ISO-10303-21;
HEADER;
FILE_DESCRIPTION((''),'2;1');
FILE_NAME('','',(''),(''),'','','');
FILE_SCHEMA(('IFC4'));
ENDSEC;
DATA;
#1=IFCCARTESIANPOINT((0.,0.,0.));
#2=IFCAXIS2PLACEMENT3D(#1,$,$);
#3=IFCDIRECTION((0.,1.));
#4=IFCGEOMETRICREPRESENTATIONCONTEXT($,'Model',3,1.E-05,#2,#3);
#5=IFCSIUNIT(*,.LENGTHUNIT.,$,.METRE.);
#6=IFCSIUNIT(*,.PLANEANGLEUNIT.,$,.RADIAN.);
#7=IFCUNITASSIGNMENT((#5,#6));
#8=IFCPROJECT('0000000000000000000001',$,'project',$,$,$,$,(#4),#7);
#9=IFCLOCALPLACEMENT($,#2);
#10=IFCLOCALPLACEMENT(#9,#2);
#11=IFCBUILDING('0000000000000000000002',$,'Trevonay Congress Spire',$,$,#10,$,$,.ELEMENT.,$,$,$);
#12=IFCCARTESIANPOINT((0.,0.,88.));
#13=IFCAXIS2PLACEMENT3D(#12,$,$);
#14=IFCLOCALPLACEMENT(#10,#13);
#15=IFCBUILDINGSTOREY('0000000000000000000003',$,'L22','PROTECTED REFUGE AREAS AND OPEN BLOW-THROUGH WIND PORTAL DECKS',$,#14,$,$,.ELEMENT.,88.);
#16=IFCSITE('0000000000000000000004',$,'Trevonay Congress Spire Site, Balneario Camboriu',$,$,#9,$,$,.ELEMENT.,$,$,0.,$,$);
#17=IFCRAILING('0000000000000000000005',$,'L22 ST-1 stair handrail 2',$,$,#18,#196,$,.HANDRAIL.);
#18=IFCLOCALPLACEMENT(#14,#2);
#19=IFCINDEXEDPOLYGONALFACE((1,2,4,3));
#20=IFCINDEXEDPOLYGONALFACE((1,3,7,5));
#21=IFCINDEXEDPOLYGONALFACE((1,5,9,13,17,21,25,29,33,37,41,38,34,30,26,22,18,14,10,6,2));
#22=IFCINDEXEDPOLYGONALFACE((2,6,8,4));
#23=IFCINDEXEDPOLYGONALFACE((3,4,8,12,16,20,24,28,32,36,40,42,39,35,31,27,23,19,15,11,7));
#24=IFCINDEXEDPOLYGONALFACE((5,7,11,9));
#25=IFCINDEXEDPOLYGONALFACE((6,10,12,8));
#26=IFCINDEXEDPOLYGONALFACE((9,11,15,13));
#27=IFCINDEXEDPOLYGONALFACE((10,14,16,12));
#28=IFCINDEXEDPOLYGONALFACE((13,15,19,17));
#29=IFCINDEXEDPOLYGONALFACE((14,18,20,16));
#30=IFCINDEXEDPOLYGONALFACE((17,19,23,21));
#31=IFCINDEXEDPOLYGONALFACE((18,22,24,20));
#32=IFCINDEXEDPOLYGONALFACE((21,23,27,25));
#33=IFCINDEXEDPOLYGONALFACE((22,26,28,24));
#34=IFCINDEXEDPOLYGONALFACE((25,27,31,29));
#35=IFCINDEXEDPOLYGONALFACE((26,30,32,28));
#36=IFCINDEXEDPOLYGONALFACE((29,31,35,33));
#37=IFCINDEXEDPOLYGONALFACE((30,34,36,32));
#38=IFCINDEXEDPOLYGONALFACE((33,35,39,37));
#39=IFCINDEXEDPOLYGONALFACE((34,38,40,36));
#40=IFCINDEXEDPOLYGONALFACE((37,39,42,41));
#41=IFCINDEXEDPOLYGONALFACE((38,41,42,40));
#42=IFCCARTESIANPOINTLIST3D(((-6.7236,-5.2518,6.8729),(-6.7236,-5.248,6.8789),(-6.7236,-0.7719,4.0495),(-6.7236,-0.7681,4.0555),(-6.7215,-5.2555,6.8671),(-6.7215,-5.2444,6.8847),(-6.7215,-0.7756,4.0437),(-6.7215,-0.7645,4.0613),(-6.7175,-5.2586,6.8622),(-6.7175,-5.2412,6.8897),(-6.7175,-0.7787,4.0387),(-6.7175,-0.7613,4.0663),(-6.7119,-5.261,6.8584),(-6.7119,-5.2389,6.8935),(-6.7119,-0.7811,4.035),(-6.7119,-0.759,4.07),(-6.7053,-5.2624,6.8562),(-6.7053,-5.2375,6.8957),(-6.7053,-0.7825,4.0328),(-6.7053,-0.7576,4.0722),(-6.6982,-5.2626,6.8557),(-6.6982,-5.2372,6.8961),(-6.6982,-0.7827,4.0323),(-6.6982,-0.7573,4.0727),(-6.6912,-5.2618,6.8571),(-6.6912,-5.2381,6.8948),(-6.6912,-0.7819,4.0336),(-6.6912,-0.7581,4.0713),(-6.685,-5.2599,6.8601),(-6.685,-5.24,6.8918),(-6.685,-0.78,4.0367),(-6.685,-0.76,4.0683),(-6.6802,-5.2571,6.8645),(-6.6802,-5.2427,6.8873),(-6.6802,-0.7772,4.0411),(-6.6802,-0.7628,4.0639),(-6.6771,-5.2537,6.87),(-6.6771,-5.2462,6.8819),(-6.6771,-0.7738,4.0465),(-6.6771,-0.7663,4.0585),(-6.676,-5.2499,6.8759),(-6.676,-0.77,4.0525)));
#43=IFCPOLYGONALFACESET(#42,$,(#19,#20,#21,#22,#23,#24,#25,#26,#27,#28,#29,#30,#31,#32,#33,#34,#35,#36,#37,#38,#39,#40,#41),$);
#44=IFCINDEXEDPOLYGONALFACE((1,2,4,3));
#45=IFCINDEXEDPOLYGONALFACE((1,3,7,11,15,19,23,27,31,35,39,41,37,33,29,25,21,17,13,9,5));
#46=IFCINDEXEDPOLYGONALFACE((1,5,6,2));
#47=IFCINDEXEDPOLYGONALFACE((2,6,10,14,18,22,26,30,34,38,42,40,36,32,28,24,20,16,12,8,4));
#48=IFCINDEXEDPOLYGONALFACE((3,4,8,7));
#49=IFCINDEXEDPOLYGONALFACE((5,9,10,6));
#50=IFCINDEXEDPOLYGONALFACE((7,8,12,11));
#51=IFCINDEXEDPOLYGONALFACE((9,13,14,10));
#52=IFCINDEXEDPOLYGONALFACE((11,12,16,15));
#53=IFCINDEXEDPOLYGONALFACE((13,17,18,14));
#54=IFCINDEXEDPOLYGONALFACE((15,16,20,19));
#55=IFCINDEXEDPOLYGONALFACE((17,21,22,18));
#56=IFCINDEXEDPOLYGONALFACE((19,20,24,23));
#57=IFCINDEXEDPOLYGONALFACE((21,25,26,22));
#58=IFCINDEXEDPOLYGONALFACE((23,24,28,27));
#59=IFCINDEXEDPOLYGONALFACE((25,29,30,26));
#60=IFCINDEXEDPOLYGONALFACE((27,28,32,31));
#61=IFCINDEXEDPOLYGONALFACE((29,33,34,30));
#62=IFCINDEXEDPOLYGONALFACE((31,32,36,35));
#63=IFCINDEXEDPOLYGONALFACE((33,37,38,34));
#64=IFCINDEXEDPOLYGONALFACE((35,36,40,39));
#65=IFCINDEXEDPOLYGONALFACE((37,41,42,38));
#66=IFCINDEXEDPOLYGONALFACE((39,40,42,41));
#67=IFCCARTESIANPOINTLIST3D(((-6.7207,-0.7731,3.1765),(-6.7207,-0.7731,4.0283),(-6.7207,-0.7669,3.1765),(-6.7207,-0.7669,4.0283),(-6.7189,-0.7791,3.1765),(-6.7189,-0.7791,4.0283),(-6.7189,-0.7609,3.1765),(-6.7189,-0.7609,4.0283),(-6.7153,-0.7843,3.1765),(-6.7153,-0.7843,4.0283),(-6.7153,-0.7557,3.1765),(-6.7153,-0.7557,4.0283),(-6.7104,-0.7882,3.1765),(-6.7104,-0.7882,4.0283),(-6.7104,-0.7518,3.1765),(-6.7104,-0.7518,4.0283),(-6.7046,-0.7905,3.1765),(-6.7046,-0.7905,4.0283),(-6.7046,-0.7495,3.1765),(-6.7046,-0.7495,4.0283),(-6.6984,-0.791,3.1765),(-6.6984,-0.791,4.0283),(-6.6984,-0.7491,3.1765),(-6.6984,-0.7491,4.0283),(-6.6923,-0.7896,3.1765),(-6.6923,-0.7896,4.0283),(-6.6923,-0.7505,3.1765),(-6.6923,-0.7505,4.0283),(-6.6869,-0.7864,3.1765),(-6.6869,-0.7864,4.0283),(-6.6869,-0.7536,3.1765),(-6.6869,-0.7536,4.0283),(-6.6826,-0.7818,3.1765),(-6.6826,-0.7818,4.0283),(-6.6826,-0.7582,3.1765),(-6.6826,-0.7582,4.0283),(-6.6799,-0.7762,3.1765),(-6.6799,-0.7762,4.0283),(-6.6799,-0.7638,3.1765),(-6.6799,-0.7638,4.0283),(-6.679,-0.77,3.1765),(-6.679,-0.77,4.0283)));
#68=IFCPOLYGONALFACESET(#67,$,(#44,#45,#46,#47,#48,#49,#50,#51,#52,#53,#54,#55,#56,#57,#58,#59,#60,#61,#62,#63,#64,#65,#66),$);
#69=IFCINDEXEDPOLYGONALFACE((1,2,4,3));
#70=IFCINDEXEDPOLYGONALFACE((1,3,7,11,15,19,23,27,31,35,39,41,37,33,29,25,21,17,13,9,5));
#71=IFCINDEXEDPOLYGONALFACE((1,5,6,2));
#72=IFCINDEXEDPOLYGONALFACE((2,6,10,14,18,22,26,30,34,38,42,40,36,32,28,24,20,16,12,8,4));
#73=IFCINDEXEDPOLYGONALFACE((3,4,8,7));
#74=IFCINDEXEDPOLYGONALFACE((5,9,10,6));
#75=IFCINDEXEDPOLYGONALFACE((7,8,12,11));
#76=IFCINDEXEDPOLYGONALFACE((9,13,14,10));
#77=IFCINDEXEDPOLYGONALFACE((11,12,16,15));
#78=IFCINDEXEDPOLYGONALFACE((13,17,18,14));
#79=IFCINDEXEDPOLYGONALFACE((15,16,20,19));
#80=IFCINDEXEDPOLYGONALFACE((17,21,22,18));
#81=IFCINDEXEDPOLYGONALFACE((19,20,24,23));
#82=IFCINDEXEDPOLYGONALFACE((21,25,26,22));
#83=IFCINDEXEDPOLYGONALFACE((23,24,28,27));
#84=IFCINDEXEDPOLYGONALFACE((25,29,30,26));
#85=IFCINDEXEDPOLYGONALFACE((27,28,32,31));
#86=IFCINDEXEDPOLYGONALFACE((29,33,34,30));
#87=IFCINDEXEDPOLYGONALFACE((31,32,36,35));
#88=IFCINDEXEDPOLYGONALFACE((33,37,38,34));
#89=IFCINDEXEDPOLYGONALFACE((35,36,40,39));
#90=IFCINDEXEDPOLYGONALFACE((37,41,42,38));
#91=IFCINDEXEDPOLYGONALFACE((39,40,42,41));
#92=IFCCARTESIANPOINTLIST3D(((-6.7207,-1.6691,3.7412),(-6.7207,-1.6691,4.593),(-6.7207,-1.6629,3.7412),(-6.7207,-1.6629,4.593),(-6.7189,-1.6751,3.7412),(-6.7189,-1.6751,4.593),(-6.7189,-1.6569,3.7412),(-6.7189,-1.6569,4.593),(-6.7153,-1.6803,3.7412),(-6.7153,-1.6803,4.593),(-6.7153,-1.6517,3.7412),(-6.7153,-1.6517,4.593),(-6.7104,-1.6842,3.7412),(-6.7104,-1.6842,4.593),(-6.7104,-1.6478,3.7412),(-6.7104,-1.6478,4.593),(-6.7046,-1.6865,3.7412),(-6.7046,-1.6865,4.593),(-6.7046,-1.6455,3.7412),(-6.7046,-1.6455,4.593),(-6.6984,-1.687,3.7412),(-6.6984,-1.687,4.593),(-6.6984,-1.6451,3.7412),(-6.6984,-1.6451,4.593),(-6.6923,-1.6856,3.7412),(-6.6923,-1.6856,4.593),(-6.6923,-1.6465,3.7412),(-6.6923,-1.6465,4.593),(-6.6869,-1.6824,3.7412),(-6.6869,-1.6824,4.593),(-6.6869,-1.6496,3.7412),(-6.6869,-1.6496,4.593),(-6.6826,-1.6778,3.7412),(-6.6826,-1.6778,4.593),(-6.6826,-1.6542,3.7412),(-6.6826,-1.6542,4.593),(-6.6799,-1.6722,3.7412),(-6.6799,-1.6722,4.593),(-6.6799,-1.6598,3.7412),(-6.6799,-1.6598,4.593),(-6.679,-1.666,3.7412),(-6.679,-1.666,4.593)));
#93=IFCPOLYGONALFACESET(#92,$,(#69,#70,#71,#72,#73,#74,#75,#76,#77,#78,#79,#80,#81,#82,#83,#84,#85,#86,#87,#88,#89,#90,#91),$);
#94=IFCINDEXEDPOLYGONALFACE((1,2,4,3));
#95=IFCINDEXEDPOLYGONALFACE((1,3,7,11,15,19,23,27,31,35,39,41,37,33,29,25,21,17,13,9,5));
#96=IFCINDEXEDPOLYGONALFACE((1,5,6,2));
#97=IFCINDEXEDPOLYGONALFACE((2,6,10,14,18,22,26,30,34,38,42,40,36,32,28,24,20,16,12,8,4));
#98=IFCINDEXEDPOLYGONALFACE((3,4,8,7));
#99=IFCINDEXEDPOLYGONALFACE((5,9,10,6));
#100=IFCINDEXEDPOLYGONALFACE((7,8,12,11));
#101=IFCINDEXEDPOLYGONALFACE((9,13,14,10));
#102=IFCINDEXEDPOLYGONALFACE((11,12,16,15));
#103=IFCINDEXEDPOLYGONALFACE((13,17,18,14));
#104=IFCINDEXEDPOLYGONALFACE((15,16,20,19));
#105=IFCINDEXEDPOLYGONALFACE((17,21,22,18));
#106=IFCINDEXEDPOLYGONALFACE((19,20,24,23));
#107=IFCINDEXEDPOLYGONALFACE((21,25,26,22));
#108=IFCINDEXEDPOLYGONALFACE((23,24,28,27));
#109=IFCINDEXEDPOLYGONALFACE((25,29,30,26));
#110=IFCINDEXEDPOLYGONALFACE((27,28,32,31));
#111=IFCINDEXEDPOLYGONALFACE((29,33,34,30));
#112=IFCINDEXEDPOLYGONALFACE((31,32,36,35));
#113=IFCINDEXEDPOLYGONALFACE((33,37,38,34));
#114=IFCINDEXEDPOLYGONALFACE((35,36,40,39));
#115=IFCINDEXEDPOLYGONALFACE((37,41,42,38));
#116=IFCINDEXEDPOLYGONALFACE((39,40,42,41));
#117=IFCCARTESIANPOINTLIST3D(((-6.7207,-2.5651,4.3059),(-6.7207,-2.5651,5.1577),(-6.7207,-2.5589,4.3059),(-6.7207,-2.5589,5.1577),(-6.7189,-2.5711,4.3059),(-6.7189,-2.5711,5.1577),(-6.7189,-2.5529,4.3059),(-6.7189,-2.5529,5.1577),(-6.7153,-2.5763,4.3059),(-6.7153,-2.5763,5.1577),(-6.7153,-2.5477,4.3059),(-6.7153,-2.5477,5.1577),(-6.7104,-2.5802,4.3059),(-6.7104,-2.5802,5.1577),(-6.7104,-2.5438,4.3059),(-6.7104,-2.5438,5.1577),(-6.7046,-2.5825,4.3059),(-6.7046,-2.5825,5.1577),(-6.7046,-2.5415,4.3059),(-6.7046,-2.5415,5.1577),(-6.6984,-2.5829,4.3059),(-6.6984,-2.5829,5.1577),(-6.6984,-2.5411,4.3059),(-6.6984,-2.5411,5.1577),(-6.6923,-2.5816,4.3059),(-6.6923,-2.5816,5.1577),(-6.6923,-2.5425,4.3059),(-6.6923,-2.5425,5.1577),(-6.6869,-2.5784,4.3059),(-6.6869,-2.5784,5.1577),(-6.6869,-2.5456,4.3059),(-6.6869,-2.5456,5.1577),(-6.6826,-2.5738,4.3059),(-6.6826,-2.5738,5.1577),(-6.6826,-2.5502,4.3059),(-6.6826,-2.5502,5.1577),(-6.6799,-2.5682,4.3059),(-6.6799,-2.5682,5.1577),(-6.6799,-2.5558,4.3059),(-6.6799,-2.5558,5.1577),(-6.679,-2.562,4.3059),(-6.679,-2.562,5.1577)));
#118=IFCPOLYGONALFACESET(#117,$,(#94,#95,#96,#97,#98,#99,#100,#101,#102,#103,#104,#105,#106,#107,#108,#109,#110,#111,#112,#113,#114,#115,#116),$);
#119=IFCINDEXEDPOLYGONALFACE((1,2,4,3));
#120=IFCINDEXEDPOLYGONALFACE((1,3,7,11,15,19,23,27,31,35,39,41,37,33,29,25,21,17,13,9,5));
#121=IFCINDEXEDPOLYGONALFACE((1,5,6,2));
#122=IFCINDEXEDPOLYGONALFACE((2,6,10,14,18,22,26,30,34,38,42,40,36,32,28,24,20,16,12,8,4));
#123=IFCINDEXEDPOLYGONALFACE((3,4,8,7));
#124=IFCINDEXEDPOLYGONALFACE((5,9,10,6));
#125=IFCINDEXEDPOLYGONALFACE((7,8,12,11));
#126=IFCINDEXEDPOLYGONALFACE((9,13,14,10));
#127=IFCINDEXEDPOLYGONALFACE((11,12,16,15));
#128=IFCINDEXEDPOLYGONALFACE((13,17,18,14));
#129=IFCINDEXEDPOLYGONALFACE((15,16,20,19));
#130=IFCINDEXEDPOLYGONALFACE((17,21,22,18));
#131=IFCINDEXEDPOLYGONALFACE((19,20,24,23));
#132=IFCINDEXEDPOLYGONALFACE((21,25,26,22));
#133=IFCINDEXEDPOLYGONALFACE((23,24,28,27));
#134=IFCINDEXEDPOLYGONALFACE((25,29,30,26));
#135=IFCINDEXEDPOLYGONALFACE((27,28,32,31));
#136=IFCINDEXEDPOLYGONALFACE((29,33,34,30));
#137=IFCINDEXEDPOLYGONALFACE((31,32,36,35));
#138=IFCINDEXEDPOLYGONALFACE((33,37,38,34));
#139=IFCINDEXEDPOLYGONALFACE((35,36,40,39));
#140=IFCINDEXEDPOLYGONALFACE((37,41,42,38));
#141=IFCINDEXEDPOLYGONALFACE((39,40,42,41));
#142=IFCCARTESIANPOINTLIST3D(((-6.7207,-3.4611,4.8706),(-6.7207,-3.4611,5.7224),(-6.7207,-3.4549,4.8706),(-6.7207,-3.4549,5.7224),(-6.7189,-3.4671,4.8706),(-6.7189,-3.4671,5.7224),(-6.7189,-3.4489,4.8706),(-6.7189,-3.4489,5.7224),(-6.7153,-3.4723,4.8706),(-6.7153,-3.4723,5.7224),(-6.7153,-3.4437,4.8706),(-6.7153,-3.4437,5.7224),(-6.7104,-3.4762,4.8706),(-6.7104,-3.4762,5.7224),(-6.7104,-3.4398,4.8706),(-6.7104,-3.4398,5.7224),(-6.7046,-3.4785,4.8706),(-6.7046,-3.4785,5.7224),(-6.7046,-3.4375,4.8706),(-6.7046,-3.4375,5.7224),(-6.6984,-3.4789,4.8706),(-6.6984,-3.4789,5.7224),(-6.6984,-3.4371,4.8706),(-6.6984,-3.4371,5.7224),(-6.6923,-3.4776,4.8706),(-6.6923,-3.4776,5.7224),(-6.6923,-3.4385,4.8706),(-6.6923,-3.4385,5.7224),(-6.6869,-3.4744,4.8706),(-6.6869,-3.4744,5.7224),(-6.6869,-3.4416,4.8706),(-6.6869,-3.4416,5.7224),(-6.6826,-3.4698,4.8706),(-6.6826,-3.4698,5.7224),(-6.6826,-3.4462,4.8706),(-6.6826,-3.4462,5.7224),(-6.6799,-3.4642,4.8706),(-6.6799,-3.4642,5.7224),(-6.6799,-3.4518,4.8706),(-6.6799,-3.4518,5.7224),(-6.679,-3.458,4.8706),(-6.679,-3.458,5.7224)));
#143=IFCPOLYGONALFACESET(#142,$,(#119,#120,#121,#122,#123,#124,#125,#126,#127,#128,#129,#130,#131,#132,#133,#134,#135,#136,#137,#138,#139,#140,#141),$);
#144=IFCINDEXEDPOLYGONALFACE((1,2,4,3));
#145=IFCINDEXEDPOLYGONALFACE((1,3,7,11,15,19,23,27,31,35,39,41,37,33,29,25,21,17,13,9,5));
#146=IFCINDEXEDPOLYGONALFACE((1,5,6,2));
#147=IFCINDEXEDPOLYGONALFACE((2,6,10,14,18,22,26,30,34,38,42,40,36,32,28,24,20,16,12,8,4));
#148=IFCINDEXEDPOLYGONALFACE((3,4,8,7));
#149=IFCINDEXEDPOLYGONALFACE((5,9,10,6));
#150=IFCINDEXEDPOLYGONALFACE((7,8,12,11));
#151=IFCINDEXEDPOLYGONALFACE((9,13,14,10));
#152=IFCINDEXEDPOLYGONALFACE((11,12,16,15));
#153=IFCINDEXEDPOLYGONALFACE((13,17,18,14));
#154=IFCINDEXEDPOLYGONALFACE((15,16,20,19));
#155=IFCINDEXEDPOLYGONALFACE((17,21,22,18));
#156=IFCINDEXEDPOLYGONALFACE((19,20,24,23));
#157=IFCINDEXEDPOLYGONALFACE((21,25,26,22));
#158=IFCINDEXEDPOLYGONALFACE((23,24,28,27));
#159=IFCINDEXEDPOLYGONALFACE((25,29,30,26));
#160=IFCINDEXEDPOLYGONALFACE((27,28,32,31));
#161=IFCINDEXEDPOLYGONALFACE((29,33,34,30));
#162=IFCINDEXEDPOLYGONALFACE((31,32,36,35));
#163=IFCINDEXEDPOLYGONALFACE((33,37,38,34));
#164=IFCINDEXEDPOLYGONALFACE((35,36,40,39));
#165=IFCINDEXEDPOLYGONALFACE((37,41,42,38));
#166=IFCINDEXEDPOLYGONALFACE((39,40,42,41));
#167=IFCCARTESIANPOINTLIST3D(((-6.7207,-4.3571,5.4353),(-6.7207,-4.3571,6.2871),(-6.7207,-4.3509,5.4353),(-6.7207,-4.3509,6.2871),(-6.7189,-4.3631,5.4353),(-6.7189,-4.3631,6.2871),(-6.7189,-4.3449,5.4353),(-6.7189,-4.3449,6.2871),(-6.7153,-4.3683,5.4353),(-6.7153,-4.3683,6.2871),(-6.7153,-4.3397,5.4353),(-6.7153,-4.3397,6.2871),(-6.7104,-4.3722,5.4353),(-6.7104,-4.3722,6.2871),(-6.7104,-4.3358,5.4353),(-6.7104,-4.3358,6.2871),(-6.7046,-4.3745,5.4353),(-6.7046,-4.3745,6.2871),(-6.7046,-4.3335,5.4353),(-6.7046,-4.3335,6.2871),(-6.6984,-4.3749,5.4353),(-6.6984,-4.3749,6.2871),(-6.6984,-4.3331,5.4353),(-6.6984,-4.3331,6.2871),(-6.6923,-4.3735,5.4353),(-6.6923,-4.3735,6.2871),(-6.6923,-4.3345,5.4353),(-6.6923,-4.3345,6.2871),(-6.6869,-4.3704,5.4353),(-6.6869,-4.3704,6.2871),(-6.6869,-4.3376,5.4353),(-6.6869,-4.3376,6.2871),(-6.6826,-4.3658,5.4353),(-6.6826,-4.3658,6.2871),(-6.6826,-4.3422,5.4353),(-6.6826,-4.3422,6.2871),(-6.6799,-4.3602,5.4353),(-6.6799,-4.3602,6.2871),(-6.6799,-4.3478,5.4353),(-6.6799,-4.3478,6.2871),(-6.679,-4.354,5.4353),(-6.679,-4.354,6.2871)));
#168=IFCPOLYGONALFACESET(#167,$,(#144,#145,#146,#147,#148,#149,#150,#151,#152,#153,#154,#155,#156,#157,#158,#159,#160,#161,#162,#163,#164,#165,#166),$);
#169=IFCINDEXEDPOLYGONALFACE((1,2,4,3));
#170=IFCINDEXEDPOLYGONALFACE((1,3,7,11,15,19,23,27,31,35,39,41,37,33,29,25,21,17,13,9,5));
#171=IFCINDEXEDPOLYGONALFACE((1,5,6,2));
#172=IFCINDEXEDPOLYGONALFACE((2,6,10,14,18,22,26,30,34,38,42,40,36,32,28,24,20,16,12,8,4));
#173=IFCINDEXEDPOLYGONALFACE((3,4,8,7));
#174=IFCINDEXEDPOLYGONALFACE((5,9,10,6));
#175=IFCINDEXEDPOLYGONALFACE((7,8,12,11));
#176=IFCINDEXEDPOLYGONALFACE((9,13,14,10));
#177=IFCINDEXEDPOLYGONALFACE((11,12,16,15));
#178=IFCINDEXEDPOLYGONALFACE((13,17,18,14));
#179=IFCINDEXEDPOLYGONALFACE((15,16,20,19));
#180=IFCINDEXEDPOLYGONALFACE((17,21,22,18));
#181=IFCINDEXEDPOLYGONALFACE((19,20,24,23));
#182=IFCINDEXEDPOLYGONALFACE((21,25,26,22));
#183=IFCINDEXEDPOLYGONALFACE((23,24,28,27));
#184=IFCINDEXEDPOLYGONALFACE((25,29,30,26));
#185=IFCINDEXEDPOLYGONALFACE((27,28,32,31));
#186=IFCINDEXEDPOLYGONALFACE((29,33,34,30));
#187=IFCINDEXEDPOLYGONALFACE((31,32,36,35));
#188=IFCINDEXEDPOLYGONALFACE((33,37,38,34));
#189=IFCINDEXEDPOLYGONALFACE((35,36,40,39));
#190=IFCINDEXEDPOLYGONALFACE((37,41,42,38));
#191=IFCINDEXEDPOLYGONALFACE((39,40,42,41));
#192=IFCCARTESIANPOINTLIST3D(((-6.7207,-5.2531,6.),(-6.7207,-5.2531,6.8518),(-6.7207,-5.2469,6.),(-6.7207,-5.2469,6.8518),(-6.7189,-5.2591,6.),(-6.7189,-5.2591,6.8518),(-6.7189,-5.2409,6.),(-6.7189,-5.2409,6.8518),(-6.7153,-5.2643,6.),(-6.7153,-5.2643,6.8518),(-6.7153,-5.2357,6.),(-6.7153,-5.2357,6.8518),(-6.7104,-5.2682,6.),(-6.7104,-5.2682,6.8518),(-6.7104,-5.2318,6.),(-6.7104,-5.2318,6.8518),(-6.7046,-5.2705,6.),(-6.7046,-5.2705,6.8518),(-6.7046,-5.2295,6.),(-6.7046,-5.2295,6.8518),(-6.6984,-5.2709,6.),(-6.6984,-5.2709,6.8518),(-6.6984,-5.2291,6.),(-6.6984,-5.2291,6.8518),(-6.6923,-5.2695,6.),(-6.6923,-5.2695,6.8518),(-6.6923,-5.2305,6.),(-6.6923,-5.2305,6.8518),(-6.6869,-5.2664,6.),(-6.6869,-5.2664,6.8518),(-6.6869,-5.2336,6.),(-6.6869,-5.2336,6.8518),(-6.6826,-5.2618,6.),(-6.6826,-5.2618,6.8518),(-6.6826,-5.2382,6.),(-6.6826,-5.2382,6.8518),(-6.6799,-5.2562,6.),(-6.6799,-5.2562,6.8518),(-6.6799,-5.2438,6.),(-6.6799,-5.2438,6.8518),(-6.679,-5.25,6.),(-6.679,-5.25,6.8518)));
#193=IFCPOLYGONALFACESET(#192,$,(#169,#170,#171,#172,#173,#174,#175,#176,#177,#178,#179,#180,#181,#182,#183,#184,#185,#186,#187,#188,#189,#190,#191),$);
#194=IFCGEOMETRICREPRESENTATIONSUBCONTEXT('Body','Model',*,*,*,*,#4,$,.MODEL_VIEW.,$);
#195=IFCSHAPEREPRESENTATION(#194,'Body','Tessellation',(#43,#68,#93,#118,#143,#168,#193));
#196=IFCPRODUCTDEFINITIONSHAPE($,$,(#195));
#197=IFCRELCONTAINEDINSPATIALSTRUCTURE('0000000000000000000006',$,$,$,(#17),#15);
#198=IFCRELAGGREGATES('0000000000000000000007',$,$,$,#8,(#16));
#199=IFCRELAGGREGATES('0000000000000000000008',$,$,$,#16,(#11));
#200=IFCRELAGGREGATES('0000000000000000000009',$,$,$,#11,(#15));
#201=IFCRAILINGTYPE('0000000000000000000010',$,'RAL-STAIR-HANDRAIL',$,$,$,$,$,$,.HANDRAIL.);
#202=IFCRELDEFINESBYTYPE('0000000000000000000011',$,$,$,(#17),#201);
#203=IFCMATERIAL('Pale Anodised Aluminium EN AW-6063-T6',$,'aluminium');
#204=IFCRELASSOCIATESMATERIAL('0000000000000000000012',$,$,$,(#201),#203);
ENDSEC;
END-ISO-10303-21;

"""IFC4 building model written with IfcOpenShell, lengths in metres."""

from ifc_helpers import new_model, si_unit, direction, frame, origin, origin_2d, place, context, subcontext, project, spatial, circle, extrude, material, type_object, element, save


model = new_model("IFC4")

# Units and contexts
model_context = context("Model", 3, precision=1e-05, world=origin(), true_north=direction((0.0, 1.0)))
body_context = subcontext(model_context, "Body", "Model", "MODEL_VIEW")
ifc_project = project(units=[si_unit("LENGTHUNIT", "METRE"), si_unit("PLANEANGLEUNIT", "RADIAN")], contexts=[model_context])

# Site, building, storey
site_placement = place(None, origin())
site = spatial("IfcSite", under=ifc_project, at=site_placement, Name="Trevonay Congress Spire Site, Balneario Camboriu", CompositionType="ELEMENT", RefElevation=0.0)
building_placement = place(site_placement, origin())
building = spatial("IfcBuilding", under=site, at=building_placement, Name="Trevonay Congress Spire", CompositionType="ELEMENT")
storey_placement = place(building_placement, frame((0.0, 0.0, 88.0)))
storey = spatial("IfcBuildingStorey", under=building, at=storey_placement, Name="L22", Description="PROTECTED REFUGE AREAS AND OPEN BLOW-THROUGH WIND PORTAL DECKS", CompositionType="ELEMENT", Elevation=88.0)

# Shared definitions
ifc_material_1 = material(Name="Pale Anodised Aluminium EN AW-6063-T6", Category="aluminium")

# Railing
railing_type_1 = type_object("IfcRailingType", Name="RAL-STAIR-HANDRAIL", PredefinedType="HANDRAIL", material=ifc_material_1)
railing_1_placement = place(storey_placement, frame((-6.7, -0.77, 3.1765)))
element("IfcRailing", 1, at=railing_1_placement, inside=storey, type_object=railing_type_1, Name="L22 ST-1 stair handrail 2", PredefinedType="HANDRAIL", context=body_context, shape_type="SweptSolid", body=[
    extrude(circle(Radius=0.0239, at=origin_2d()), frame((0.0, 0.0, 0.876), z_axis=(0.0, -0.845998, 0.533186), x_axis=(1.0, 0.0, 0.0)), (0.0, 0.0, 1.0), 5.2954),
    extrude(circle(Radius=0.021, at=origin_2d()), origin(), (0.0, 0.0, 1.0), 0.8518),
    extrude(circle(Radius=0.021, at=origin_2d()), frame((0.0, -0.896, 0.5647)), (0.0, 0.0, 1.0), 0.8518),
    extrude(circle(Radius=0.021, at=origin_2d()), frame((0.0, -1.792, 1.1294)), (0.0, 0.0, 1.0), 0.8518),
    extrude(circle(Radius=0.021, at=origin_2d()), frame((0.0, -2.688, 1.6941)), (0.0, 0.0, 1.0), 0.8518),
    extrude(circle(Radius=0.021, at=origin_2d()), frame((0.0, -3.584, 2.2588)), (0.0, 0.0, 1.0), 0.8518),
    extrude(circle(Radius=0.021, at=origin_2d()), frame((0.0, -4.48, 2.8235)), (0.0, 0.0, 1.0), 0.8518),
])

save(model, "model.ifc")
